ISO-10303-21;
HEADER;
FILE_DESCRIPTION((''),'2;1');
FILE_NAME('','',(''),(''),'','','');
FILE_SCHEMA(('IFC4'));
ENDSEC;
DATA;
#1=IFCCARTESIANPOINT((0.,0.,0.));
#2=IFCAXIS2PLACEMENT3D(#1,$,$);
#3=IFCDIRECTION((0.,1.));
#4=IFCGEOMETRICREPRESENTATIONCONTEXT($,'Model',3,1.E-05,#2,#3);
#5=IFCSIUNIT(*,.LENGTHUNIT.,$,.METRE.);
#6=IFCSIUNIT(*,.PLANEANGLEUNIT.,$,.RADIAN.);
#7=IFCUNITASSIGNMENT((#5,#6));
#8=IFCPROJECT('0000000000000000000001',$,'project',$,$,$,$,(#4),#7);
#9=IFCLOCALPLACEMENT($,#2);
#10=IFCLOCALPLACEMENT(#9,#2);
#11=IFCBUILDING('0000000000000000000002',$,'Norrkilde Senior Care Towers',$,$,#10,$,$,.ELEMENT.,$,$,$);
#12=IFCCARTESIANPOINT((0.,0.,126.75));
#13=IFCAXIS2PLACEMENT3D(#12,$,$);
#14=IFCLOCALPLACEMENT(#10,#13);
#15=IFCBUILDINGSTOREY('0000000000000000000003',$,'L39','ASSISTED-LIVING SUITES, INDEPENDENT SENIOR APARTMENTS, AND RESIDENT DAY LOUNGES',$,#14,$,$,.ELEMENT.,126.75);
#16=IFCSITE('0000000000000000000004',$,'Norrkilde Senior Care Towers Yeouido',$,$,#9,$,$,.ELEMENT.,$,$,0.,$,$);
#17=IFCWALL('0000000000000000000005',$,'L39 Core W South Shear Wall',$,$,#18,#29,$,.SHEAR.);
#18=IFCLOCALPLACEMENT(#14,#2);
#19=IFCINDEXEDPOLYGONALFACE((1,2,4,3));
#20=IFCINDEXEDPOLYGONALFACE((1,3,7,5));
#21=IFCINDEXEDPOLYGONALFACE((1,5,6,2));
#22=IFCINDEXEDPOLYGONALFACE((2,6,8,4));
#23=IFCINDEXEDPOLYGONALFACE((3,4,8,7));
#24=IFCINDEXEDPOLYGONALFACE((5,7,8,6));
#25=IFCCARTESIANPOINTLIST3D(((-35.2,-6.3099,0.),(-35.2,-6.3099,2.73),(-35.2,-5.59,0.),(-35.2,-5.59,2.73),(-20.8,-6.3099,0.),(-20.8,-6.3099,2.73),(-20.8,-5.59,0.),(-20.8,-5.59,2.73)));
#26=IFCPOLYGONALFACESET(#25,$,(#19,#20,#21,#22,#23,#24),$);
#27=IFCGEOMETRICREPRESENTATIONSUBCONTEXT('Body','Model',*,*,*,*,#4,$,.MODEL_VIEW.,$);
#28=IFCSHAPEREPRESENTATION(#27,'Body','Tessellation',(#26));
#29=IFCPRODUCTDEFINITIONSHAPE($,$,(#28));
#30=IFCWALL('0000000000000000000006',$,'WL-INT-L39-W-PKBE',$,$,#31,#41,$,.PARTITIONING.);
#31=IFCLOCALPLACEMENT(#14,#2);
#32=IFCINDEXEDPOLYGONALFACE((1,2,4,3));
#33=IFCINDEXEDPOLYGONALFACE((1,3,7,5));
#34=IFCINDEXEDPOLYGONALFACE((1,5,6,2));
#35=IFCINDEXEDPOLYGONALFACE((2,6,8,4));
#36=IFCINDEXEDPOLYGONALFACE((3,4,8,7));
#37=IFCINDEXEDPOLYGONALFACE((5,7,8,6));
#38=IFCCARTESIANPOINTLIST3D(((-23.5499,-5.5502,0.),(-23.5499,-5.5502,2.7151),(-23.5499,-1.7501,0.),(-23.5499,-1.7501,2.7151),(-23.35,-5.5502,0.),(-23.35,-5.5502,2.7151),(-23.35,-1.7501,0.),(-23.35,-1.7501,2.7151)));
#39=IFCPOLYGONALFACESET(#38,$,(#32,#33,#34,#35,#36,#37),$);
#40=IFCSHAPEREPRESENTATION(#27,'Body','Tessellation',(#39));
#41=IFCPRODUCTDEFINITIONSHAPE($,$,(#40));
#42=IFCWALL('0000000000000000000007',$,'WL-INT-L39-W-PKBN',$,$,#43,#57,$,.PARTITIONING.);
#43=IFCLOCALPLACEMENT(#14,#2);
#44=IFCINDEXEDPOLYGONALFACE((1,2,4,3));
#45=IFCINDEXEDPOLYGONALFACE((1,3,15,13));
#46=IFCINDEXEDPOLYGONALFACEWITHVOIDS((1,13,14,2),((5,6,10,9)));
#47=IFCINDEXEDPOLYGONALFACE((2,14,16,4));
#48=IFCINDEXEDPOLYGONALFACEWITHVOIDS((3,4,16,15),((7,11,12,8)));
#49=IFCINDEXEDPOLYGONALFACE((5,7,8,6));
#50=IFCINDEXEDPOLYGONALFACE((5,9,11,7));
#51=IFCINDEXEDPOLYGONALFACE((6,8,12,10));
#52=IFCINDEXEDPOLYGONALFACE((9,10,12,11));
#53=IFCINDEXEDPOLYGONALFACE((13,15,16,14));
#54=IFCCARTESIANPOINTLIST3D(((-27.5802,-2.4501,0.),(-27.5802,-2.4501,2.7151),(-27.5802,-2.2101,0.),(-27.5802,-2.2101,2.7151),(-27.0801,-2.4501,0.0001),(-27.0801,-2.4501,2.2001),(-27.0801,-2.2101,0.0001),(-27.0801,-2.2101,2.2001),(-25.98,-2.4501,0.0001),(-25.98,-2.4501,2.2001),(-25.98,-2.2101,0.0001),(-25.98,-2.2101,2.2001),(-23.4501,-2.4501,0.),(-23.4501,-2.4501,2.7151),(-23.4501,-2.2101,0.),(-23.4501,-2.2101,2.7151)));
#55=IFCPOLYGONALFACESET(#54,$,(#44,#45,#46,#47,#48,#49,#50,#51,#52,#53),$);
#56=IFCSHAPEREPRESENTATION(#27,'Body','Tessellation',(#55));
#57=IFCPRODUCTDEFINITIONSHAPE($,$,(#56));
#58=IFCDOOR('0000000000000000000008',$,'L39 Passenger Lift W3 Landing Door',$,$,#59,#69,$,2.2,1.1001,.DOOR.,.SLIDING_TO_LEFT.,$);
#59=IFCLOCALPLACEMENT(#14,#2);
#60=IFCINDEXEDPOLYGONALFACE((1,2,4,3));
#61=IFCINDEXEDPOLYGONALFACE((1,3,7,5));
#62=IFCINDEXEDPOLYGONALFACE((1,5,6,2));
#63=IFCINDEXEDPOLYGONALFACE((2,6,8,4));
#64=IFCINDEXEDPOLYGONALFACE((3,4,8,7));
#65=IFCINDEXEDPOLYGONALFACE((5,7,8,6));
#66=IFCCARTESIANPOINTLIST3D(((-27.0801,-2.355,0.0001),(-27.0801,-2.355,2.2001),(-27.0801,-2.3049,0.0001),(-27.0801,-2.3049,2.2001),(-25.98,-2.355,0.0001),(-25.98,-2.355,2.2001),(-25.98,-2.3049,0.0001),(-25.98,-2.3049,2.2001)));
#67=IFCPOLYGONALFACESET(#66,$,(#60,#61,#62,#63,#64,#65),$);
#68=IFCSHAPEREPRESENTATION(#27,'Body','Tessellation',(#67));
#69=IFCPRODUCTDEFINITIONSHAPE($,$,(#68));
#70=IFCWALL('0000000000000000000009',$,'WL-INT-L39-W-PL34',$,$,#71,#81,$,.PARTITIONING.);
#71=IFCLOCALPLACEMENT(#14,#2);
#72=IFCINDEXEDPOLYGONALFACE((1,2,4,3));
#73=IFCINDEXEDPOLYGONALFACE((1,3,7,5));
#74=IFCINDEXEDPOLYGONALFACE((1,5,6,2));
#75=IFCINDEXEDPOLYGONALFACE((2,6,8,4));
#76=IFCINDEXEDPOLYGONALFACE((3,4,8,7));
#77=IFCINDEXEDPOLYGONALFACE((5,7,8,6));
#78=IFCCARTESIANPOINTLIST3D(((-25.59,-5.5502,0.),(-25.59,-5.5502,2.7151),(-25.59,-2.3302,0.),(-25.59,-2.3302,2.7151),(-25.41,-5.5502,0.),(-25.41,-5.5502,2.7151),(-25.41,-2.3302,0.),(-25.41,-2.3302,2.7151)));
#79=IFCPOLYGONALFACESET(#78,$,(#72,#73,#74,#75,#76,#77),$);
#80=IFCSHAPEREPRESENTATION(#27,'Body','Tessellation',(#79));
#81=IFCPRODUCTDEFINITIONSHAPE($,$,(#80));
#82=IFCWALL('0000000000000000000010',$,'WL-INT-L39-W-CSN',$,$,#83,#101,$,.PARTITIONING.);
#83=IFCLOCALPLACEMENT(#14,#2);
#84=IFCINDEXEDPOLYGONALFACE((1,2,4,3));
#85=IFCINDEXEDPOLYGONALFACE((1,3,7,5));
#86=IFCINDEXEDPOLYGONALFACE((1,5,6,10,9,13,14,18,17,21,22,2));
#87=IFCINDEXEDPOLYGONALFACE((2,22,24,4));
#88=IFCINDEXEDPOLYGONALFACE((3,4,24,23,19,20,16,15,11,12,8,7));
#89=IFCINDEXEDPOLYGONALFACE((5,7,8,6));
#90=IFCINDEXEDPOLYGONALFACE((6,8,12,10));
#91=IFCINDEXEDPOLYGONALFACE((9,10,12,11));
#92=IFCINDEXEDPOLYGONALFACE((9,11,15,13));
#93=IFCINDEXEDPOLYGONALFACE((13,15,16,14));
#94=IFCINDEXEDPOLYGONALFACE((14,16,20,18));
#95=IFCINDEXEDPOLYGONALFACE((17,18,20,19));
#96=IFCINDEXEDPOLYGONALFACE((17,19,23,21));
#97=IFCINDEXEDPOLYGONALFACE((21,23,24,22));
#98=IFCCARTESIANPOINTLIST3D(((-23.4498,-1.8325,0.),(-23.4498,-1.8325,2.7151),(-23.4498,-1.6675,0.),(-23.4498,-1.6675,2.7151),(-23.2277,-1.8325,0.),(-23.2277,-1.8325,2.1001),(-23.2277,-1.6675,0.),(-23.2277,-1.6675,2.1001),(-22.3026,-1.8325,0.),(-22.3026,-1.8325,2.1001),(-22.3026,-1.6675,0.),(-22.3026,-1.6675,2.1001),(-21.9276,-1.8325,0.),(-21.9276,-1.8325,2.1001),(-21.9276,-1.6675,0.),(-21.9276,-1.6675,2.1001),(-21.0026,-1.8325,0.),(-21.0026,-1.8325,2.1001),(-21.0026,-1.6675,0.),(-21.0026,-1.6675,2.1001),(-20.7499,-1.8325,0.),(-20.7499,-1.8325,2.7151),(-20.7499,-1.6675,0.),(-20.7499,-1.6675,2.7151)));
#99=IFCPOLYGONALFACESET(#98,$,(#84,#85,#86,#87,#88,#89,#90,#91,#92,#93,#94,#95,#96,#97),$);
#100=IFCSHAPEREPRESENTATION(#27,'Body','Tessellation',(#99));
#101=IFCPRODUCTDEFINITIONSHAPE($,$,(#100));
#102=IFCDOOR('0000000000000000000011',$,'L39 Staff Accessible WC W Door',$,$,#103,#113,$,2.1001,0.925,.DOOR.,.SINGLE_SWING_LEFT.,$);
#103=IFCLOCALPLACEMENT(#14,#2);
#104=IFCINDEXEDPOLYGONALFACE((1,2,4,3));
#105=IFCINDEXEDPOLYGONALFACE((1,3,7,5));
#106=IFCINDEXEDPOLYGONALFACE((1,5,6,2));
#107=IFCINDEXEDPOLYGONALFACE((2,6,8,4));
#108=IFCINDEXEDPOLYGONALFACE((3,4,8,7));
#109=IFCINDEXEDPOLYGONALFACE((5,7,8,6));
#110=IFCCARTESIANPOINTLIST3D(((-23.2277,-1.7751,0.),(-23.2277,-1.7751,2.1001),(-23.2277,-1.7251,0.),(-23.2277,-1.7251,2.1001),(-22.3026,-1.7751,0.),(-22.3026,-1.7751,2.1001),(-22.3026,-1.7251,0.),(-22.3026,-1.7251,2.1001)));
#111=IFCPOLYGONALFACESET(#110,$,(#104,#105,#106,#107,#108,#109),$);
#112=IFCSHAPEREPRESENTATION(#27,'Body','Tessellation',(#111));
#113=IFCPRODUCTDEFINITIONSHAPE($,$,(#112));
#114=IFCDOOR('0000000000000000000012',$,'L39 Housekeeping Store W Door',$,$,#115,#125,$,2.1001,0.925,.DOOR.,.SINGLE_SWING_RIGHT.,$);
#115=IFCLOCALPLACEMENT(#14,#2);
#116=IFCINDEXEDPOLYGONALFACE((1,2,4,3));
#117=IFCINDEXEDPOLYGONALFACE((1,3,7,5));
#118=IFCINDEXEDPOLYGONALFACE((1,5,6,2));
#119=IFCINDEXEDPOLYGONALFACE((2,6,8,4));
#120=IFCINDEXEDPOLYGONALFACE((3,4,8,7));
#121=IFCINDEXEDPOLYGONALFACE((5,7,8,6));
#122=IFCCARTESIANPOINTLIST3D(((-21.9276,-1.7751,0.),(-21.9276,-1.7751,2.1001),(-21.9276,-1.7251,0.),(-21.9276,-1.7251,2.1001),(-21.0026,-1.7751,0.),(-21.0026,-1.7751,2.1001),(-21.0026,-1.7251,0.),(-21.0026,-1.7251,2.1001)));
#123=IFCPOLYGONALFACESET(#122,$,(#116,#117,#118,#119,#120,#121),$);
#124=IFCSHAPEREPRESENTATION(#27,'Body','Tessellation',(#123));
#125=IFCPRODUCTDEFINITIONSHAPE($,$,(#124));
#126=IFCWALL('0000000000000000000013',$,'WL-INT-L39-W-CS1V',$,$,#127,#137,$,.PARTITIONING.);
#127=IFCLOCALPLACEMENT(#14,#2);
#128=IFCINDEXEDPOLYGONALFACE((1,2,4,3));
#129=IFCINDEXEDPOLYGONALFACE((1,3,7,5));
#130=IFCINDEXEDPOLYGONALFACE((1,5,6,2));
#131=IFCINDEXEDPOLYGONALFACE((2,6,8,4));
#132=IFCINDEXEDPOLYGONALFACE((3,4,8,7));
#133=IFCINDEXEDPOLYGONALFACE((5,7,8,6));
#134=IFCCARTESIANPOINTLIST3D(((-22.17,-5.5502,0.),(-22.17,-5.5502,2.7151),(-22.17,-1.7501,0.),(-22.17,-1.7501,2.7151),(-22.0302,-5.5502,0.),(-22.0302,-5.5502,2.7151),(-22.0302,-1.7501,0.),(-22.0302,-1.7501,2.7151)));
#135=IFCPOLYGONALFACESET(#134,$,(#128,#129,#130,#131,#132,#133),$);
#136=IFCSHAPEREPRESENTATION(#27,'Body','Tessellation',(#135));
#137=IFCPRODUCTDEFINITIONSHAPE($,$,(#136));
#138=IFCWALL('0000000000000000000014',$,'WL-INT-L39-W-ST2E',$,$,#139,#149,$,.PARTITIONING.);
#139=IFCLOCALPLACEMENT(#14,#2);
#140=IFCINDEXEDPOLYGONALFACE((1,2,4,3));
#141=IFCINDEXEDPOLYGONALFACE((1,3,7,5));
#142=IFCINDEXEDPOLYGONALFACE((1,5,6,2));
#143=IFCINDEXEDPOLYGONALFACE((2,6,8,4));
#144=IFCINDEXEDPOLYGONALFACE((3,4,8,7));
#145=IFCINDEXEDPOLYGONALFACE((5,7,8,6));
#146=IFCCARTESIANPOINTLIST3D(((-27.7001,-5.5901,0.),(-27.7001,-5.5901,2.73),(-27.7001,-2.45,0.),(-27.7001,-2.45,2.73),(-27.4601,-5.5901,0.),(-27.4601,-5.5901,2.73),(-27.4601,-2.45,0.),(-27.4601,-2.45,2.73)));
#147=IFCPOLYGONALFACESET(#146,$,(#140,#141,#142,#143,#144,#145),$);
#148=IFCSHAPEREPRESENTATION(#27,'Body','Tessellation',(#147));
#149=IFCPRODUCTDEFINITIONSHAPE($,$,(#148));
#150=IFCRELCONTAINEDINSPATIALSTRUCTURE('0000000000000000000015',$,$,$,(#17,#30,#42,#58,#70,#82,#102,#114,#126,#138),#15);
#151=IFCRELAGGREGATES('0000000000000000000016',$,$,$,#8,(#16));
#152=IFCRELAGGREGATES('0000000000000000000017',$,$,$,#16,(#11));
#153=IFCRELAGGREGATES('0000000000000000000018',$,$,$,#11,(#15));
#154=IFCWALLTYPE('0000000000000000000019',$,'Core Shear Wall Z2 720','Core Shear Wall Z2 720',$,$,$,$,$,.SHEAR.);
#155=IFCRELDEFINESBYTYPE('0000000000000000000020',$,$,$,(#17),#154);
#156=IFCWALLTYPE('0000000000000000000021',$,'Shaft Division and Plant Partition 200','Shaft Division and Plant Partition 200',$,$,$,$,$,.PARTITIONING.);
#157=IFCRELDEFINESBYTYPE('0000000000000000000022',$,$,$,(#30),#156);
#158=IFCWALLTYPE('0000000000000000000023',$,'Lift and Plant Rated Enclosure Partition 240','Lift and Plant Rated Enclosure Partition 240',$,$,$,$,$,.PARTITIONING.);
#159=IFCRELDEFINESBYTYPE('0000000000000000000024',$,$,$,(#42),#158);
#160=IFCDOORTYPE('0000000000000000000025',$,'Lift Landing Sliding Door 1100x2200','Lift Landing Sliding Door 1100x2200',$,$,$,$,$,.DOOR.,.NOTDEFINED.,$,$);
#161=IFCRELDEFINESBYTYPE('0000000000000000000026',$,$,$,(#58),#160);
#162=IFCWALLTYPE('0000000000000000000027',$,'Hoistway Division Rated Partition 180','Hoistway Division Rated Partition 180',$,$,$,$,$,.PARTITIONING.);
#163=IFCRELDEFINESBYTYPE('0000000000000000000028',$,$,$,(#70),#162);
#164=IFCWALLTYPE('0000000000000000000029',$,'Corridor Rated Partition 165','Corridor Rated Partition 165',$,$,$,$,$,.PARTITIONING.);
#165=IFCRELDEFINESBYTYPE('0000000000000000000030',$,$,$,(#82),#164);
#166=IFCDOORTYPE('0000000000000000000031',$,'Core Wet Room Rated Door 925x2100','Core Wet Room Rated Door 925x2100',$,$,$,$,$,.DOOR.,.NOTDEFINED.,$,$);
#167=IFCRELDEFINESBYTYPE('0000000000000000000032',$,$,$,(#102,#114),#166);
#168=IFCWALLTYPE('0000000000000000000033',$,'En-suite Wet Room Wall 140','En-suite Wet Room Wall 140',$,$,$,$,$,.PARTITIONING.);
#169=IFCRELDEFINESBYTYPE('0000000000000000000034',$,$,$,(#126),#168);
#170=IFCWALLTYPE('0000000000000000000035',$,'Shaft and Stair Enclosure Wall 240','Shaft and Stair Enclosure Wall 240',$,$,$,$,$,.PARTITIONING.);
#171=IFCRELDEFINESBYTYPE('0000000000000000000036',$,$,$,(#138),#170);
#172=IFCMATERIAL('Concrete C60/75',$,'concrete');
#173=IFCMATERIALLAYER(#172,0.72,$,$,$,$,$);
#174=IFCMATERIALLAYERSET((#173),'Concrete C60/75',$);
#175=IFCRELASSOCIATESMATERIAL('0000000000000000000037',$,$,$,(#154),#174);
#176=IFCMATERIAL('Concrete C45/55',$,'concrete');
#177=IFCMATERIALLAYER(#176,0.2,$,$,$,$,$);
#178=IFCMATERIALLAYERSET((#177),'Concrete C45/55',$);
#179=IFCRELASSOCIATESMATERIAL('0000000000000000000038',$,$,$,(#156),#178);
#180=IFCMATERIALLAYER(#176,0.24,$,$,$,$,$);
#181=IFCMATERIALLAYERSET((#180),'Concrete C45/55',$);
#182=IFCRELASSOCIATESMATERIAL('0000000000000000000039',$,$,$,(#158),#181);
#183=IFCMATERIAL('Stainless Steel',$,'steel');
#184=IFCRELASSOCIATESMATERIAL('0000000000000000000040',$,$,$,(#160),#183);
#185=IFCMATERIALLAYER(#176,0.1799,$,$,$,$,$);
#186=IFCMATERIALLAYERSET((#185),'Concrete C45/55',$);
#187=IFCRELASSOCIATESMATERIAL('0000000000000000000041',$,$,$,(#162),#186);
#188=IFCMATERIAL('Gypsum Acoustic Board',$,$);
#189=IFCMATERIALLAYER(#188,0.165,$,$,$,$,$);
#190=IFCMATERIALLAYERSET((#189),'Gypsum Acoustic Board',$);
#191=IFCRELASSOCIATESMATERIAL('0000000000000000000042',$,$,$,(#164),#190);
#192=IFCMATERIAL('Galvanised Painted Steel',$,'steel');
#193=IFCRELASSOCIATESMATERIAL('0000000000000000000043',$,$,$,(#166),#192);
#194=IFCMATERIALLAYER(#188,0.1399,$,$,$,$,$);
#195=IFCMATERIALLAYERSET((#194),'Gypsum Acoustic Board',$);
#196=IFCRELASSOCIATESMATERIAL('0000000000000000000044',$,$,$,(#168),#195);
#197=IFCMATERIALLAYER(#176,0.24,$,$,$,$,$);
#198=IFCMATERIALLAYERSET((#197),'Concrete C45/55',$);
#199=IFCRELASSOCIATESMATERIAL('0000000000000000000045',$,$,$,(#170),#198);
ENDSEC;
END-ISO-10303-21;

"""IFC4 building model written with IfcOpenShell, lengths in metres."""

from ifc_helpers import new_model, si_unit, direction, frame, frame_2d, origin, place, context, subcontext, project, spatial, rectangle, extrude, source, transform, mapped, material, layer, layer_set, type_object, type_shapes, element, fill, save


model = new_model("IFC4")

# Units and contexts
model_context = context("Model", 3, precision=1e-05, world=origin(), true_north=direction((0.0, 1.0)))
body_context = subcontext(model_context, "Body", "Model", "MODEL_VIEW")
ifc_project = project(units=[si_unit("LENGTHUNIT", "METRE"), si_unit("PLANEANGLEUNIT", "RADIAN")], contexts=[model_context])

# Site, building, storey
site_placement = place(None, origin())
site = spatial("IfcSite", under=ifc_project, at=site_placement, Name="Norrkilde Senior Care Towers Yeouido", CompositionType="ELEMENT", RefElevation=0.0)
building_placement = place(site_placement, origin())
building = spatial("IfcBuilding", under=site, at=building_placement, Name="Norrkilde Senior Care Towers", CompositionType="ELEMENT")
storey_placement = place(building_placement, frame((0.0, 0.0, 126.75)))
storey = spatial("IfcBuildingStorey", under=building, at=storey_placement, Name="L39", Description="ASSISTED-LIVING SUITES, INDEPENDENT SENIOR APARTMENTS, AND RESIDENT DAY LOUNGES", CompositionType="ELEMENT", Elevation=126.75)

# Shared definitions
ifc_material_1 = material(Name="Concrete C60/75", Category="concrete")

# Walls
ifc_layer_1 = layer(ifc_material_1, 0.72)
ifc_layer_set_1 = layer_set([ifc_layer_1], Name="Concrete C60/75")
wall_type_1 = type_object("IfcWallType", Name="Core Shear Wall Z2 720", Description="Core Shear Wall Z2 720", PredefinedType="SHEAR", material=ifc_layer_set_1)
shared_shape_1 = source(origin(), body_context, "Body", "SweptSolid", [
    extrude(rectangle(XDim=14.3999, YDim=0.72, at=frame_2d((7.2, 0.0))), origin(), (0.0, 0.0, 1.0), 2.73),
])
type_shapes(wall_type_1, [shared_shape_1])
wall_1_placement = place(storey_placement, frame((-20.8, -5.95, 0.0), z_axis=(0.0, 0.0, 1.0), x_axis=(-1.0, 0.0, 0.0)))
element("IfcWall", 1, at=wall_1_placement, inside=storey, type_object=wall_type_1, Name="L39 Core W South Shear Wall", PredefinedType="SHEAR", context=body_context, shape_type="MappedRepresentation", body=[
    mapped(shared_shape_1, transform((0.0, 0.0, 0.0), x_axis=(1.0, 0.0, 0.0), y_axis=(0.0, 1.0, 0.0), z_axis=(0.0, 0.0, 1.0), scale=1.0)),
])
ifc_material_2 = material(Name="Concrete C45/55", Category="concrete")
ifc_layer_2 = layer(ifc_material_2, 0.2)
ifc_layer_set_2 = layer_set([ifc_layer_2], Name="Concrete C45/55")
wall_type_2 = type_object("IfcWallType", Name="Shaft Division and Plant Partition 200", Description="Shaft Division and Plant Partition 200", PredefinedType="PARTITIONING", material=ifc_layer_set_2)
shared_shape_2 = source(origin(), body_context, "Body", "SweptSolid", [
    extrude(rectangle(XDim=3.8, YDim=0.2, at=frame_2d((1.8999, 0.0))), origin(), (0.0, 0.0, 1.0), 2.7151),
])
type_shapes(wall_type_2, [shared_shape_2])
wall_2_placement = place(storey_placement, frame((-23.45, -5.55, 0.0), z_axis=(0.0, 0.0, 1.0), x_axis=(0.0, 1.0, 0.0)))
element("IfcWall", 2, at=wall_2_placement, inside=storey, type_object=wall_type_2, Name="WL-INT-L39-W-PKBE", PredefinedType="PARTITIONING", context=body_context, shape_type="MappedRepresentation", body=[
    mapped(shared_shape_2, transform((0.0, 0.0, 0.0), x_axis=(1.0, 0.0, 0.0), y_axis=(0.0, 1.0, 0.0), z_axis=(0.0, 0.0, 1.0), scale=1.0)),
])

# Wall, opening, door
ifc_layer_3 = layer(ifc_material_2, 0.24)
ifc_layer_set_3 = layer_set([ifc_layer_3], Name="Concrete C45/55")
wall_type_3 = type_object("IfcWallType", Name="Lift and Plant Rated Enclosure Partition 240", Description="Lift and Plant Rated Enclosure Partition 240", PredefinedType="PARTITIONING", material=ifc_layer_set_3)
shared_shape_3 = source(origin(), body_context, "Body", "SweptSolid", [
    extrude(rectangle(XDim=4.1301, YDim=0.24, at=frame_2d((2.0649, 0.0))), origin(), (0.0, 0.0, 1.0), 2.7151),
])
type_shapes(wall_type_3, [shared_shape_3])
wall_3_placement = place(storey_placement, frame((-27.5801, -2.3301, 0.0), z_axis=(0.0, 0.0, 1.0), x_axis=(1.0, 0.0, 0.0)))
wall_3 = element("IfcWall", 3, at=wall_3_placement, inside=storey, type_object=wall_type_3, Name="WL-INT-L39-W-PKBN", PredefinedType="PARTITIONING", context=body_context, shape_type="MappedRepresentation", body=[
    mapped(shared_shape_3, transform((0.0, 0.0, 0.0), x_axis=(1.0, 0.0, 0.0), y_axis=(0.0, 1.0, 0.0), z_axis=(0.0, 0.0, 1.0), scale=1.0)),
])
opening_1_placement = place(wall_3_placement, frame((0.5, 0.0, 0.0)))
opening_1 = element("IfcOpeningElement", 4, at=opening_1_placement, cuts=wall_3, PredefinedType="OPENING", context=body_context, shape_type="SweptSolid", body=[
    extrude(rectangle(XDim=1.1001, YDim=2.2, at=frame_2d((0.55, 1.1001))), frame((0.0, 0.1299, 0.0), z_axis=(0.0, -1.0, 0.0), x_axis=(1.0, 0.0, 0.0)), (0.0, 0.0, 1.0), 0.26),
])
ifc_material_3 = material(Name="Stainless Steel", Category="steel")
door_type_1 = type_object("IfcDoorType", Name="Lift Landing Sliding Door 1100x2200", Description="Lift Landing Sliding Door 1100x2200", OperationType="NOTDEFINED", PredefinedType="DOOR", material=ifc_material_3)
shared_shape_4 = source(origin(), body_context, "Body", "SweptSolid", [
    extrude(rectangle(XDim=1.1001, YDim=2.2, at=frame_2d((0.55, 1.1001))), frame((0.0, 0.0249, 0.0), z_axis=(0.0, -1.0, 0.0), x_axis=(1.0, 0.0, 0.0)), (0.0, 0.0, 1.0), 0.05),
])
type_shapes(door_type_1, [shared_shape_4])
door_1_placement = place(opening_1_placement, frame((1.1001, 0.0, 0.0), z_axis=(0.0, 0.0, 1.0), x_axis=(-1.0, 0.0, 0.0)))
door_1 = element("IfcDoor", 5, at=door_1_placement, inside=storey, type_object=door_type_1, Name="L39 Passenger Lift W3 Landing Door", OperationType="SLIDING_TO_LEFT", OverallHeight=2.2, OverallWidth=1.1001, PredefinedType="DOOR", context=body_context, shape_type="MappedRepresentation", body=[
    mapped(shared_shape_4, transform((0.0, 0.0, 0.0), x_axis=(1.0, 0.0, 0.0), y_axis=(0.0, 1.0, 0.0), z_axis=(0.0, 0.0, 1.0), scale=1.0)),
])
fill(opening_1, door_1)

# Wall
ifc_layer_4 = layer(ifc_material_2, 0.1799)
ifc_layer_set_4 = layer_set([ifc_layer_4], Name="Concrete C45/55")
wall_type_4 = type_object("IfcWallType", Name="Hoistway Division Rated Partition 180", Description="Hoistway Division Rated Partition 180", PredefinedType="PARTITIONING", material=ifc_layer_set_4)
shared_shape_5 = source(origin(), body_context, "Body", "SweptSolid", [
    extrude(rectangle(XDim=3.22, YDim=0.1799, at=frame_2d((1.6099, 0.0))), origin(), (0.0, 0.0, 1.0), 2.7151),
])
type_shapes(wall_type_4, [shared_shape_5])
wall_4_placement = place(storey_placement, frame((-25.5, -5.55, 0.0), z_axis=(0.0, 0.0, 1.0), x_axis=(0.0, 1.0, 0.0)))
element("IfcWall", 6, at=wall_4_placement, inside=storey, type_object=wall_type_4, Name="WL-INT-L39-W-PL34", PredefinedType="PARTITIONING", context=body_context, shape_type="MappedRepresentation", body=[
    mapped(shared_shape_5, transform((0.0, 0.0, 0.0), x_axis=(1.0, 0.0, 0.0), y_axis=(0.0, 1.0, 0.0), z_axis=(0.0, 0.0, 1.0), scale=1.0)),
])

# Wall, openings, doors
ifc_material_4 = material(Name="Gypsum Acoustic Board")
ifc_layer_5 = layer(ifc_material_4, 0.165)
ifc_layer_set_5 = layer_set([ifc_layer_5], Name="Gypsum Acoustic Board")
wall_type_5 = type_object("IfcWallType", Name="Corridor Rated Partition 165", Description="Corridor Rated Partition 165", PredefinedType="PARTITIONING", material=ifc_layer_set_5)
shared_shape_6 = source(origin(), body_context, "Body", "SweptSolid", [
    extrude(rectangle(XDim=2.7, YDim=0.165, at=frame_2d((1.3501, 0.0))), origin(), (0.0, 0.0, 1.0), 2.7151),
])
wall_5_placement = place(storey_placement, frame((-23.45, -1.75, 0.0), z_axis=(0.0, 0.0, 1.0), x_axis=(1.0, 0.0, 0.0)))
wall_5 = element("IfcWall", 7, at=wall_5_placement, inside=storey, type_object=wall_type_5, Name="WL-INT-L39-W-CSN", PredefinedType="PARTITIONING", context=body_context, shape_type="MappedRepresentation", body=[
    mapped(shared_shape_6, transform((0.0, 0.0, 0.0), x_axis=(1.0, 0.0, 0.0), y_axis=(0.0, 1.0, 0.0), z_axis=(0.0, 0.0, 1.0), scale=1.0)),
])
opening_2_placement = place(wall_5_placement, frame((0.2224, 0.0, 0.0)))
opening_2 = element("IfcOpeningElement", 8, at=opening_2_placement, cuts=wall_5, PredefinedType="OPENING", context=body_context, shape_type="SweptSolid", body=[
    extrude(rectangle(XDim=0.925, YDim=2.1001, at=frame_2d((0.4624, 1.05))), frame((0.0, 0.0925, 0.0), z_axis=(0.0, -1.0, 0.0), x_axis=(1.0, 0.0, 0.0)), (0.0, 0.0, 1.0), 0.1851),
])
opening_3_placement = place(wall_5_placement, frame((1.5225, 0.0, 0.0)))
opening_3 = element("IfcOpeningElement", 9, at=opening_3_placement, cuts=wall_5, PredefinedType="OPENING", context=body_context, shape_type="SweptSolid", body=[
    extrude(rectangle(XDim=0.925, YDim=2.1001, at=frame_2d((0.4624, 1.05))), frame((0.0, 0.0925, 0.0), z_axis=(0.0, -1.0, 0.0), x_axis=(1.0, 0.0, 0.0)), (0.0, 0.0, 1.0), 0.1851),
])
ifc_material_5 = material(Name="Galvanised Painted Steel", Category="steel")
door_type_2 = type_object("IfcDoorType", Name="Core Wet Room Rated Door 925x2100", Description="Core Wet Room Rated Door 925x2100", OperationType="NOTDEFINED", PredefinedType="DOOR", material=ifc_material_5)
shared_shape_7 = source(origin(), body_context, "Body", "SweptSolid", [
    extrude(rectangle(XDim=0.925, YDim=2.1001, at=frame_2d((0.4624, 1.05))), frame((0.0, 0.0249, 0.0), z_axis=(0.0, -1.0, 0.0), x_axis=(1.0, 0.0, 0.0)), (0.0, 0.0, 1.0), 0.05),
])
type_shapes(door_type_2, [shared_shape_7])
door_2_placement = place(opening_2_placement, origin())
door_2 = element("IfcDoor", 10, at=door_2_placement, inside=storey, type_object=door_type_2, Name="L39 Staff Accessible WC W Door", OperationType="SINGLE_SWING_LEFT", OverallHeight=2.1001, OverallWidth=0.925, PredefinedType="DOOR", context=body_context, shape_type="MappedRepresentation", body=[
    mapped(shared_shape_7, transform((0.0, 0.0, 0.0), x_axis=(1.0, 0.0, 0.0), y_axis=(0.0, 1.0, 0.0), z_axis=(0.0, 0.0, 1.0), scale=1.0)),
])
fill(opening_2, door_2)
door_3_placement = place(opening_3_placement, origin())
door_3 = element("IfcDoor", 11, at=door_3_placement, inside=storey, type_object=door_type_2, Name="L39 Housekeeping Store W Door", OperationType="SINGLE_SWING_RIGHT", OverallHeight=2.1001, OverallWidth=0.925, PredefinedType="DOOR", context=body_context, shape_type="MappedRepresentation", body=[
    mapped(shared_shape_7, transform((0.0, 0.0, 0.0), x_axis=(1.0, 0.0, 0.0), y_axis=(0.0, 1.0, 0.0), z_axis=(0.0, 0.0, 1.0), scale=1.0)),
])
fill(opening_3, door_3)

# Walls
ifc_layer_6 = layer(ifc_material_4, 0.1399)
ifc_layer_set_6 = layer_set([ifc_layer_6], Name="Gypsum Acoustic Board")
wall_type_6 = type_object("IfcWallType", Name="En-suite Wet Room Wall 140", Description="En-suite Wet Room Wall 140", PredefinedType="PARTITIONING", material=ifc_layer_set_6)
shared_shape_8 = source(origin(), body_context, "Body", "SweptSolid", [
    extrude(rectangle(XDim=3.8, YDim=0.1399, at=frame_2d((1.8999, 0.0))), origin(), (0.0, 0.0, 1.0), 2.7151),
])
type_shapes(wall_type_6, [shared_shape_8])
wall_6_placement = place(storey_placement, frame((-22.1001, -5.55, 0.0), z_axis=(0.0, 0.0, 1.0), x_axis=(0.0, 1.0, 0.0)))
element("IfcWall", 12, at=wall_6_placement, inside=storey, type_object=wall_type_6, Name="WL-INT-L39-W-CS1V", PredefinedType="PARTITIONING", context=body_context, shape_type="MappedRepresentation", body=[
    mapped(shared_shape_8, transform((0.0, 0.0, 0.0), x_axis=(1.0, 0.0, 0.0), y_axis=(0.0, 1.0, 0.0), z_axis=(0.0, 0.0, 1.0), scale=1.0)),
])
ifc_layer_7 = layer(ifc_material_2, 0.24)
ifc_layer_set_7 = layer_set([ifc_layer_7], Name="Concrete C45/55")
wall_type_7 = type_object("IfcWallType", Name="Shaft and Stair Enclosure Wall 240", Description="Shaft and Stair Enclosure Wall 240", PredefinedType="PARTITIONING", material=ifc_layer_set_7)
shared_shape_9 = source(origin(), body_context, "Body", "SweptSolid", [
    extrude(rectangle(XDim=3.1401, YDim=0.24, at=frame_2d((1.5701, 0.0))), origin(), (0.0, 0.0, 1.0), 2.73),
])
type_shapes(wall_type_7, [shared_shape_9])
wall_7_placement = place(storey_placement, frame((-27.5801, -5.5901, 0.0), z_axis=(0.0, 0.0, 1.0), x_axis=(0.0, 1.0, 0.0)))
element("IfcWall", 13, at=wall_7_placement, inside=storey, type_object=wall_type_7, Name="WL-INT-L39-W-ST2E", PredefinedType="PARTITIONING", context=body_context, shape_type="MappedRepresentation", body=[
    mapped(shared_shape_9, transform((0.0, 0.0, 0.0), x_axis=(1.0, 0.0, 0.0), y_axis=(0.0, 1.0, 0.0), z_axis=(0.0, 0.0, 1.0), scale=1.0)),
])

save(model, "model.ifc")
